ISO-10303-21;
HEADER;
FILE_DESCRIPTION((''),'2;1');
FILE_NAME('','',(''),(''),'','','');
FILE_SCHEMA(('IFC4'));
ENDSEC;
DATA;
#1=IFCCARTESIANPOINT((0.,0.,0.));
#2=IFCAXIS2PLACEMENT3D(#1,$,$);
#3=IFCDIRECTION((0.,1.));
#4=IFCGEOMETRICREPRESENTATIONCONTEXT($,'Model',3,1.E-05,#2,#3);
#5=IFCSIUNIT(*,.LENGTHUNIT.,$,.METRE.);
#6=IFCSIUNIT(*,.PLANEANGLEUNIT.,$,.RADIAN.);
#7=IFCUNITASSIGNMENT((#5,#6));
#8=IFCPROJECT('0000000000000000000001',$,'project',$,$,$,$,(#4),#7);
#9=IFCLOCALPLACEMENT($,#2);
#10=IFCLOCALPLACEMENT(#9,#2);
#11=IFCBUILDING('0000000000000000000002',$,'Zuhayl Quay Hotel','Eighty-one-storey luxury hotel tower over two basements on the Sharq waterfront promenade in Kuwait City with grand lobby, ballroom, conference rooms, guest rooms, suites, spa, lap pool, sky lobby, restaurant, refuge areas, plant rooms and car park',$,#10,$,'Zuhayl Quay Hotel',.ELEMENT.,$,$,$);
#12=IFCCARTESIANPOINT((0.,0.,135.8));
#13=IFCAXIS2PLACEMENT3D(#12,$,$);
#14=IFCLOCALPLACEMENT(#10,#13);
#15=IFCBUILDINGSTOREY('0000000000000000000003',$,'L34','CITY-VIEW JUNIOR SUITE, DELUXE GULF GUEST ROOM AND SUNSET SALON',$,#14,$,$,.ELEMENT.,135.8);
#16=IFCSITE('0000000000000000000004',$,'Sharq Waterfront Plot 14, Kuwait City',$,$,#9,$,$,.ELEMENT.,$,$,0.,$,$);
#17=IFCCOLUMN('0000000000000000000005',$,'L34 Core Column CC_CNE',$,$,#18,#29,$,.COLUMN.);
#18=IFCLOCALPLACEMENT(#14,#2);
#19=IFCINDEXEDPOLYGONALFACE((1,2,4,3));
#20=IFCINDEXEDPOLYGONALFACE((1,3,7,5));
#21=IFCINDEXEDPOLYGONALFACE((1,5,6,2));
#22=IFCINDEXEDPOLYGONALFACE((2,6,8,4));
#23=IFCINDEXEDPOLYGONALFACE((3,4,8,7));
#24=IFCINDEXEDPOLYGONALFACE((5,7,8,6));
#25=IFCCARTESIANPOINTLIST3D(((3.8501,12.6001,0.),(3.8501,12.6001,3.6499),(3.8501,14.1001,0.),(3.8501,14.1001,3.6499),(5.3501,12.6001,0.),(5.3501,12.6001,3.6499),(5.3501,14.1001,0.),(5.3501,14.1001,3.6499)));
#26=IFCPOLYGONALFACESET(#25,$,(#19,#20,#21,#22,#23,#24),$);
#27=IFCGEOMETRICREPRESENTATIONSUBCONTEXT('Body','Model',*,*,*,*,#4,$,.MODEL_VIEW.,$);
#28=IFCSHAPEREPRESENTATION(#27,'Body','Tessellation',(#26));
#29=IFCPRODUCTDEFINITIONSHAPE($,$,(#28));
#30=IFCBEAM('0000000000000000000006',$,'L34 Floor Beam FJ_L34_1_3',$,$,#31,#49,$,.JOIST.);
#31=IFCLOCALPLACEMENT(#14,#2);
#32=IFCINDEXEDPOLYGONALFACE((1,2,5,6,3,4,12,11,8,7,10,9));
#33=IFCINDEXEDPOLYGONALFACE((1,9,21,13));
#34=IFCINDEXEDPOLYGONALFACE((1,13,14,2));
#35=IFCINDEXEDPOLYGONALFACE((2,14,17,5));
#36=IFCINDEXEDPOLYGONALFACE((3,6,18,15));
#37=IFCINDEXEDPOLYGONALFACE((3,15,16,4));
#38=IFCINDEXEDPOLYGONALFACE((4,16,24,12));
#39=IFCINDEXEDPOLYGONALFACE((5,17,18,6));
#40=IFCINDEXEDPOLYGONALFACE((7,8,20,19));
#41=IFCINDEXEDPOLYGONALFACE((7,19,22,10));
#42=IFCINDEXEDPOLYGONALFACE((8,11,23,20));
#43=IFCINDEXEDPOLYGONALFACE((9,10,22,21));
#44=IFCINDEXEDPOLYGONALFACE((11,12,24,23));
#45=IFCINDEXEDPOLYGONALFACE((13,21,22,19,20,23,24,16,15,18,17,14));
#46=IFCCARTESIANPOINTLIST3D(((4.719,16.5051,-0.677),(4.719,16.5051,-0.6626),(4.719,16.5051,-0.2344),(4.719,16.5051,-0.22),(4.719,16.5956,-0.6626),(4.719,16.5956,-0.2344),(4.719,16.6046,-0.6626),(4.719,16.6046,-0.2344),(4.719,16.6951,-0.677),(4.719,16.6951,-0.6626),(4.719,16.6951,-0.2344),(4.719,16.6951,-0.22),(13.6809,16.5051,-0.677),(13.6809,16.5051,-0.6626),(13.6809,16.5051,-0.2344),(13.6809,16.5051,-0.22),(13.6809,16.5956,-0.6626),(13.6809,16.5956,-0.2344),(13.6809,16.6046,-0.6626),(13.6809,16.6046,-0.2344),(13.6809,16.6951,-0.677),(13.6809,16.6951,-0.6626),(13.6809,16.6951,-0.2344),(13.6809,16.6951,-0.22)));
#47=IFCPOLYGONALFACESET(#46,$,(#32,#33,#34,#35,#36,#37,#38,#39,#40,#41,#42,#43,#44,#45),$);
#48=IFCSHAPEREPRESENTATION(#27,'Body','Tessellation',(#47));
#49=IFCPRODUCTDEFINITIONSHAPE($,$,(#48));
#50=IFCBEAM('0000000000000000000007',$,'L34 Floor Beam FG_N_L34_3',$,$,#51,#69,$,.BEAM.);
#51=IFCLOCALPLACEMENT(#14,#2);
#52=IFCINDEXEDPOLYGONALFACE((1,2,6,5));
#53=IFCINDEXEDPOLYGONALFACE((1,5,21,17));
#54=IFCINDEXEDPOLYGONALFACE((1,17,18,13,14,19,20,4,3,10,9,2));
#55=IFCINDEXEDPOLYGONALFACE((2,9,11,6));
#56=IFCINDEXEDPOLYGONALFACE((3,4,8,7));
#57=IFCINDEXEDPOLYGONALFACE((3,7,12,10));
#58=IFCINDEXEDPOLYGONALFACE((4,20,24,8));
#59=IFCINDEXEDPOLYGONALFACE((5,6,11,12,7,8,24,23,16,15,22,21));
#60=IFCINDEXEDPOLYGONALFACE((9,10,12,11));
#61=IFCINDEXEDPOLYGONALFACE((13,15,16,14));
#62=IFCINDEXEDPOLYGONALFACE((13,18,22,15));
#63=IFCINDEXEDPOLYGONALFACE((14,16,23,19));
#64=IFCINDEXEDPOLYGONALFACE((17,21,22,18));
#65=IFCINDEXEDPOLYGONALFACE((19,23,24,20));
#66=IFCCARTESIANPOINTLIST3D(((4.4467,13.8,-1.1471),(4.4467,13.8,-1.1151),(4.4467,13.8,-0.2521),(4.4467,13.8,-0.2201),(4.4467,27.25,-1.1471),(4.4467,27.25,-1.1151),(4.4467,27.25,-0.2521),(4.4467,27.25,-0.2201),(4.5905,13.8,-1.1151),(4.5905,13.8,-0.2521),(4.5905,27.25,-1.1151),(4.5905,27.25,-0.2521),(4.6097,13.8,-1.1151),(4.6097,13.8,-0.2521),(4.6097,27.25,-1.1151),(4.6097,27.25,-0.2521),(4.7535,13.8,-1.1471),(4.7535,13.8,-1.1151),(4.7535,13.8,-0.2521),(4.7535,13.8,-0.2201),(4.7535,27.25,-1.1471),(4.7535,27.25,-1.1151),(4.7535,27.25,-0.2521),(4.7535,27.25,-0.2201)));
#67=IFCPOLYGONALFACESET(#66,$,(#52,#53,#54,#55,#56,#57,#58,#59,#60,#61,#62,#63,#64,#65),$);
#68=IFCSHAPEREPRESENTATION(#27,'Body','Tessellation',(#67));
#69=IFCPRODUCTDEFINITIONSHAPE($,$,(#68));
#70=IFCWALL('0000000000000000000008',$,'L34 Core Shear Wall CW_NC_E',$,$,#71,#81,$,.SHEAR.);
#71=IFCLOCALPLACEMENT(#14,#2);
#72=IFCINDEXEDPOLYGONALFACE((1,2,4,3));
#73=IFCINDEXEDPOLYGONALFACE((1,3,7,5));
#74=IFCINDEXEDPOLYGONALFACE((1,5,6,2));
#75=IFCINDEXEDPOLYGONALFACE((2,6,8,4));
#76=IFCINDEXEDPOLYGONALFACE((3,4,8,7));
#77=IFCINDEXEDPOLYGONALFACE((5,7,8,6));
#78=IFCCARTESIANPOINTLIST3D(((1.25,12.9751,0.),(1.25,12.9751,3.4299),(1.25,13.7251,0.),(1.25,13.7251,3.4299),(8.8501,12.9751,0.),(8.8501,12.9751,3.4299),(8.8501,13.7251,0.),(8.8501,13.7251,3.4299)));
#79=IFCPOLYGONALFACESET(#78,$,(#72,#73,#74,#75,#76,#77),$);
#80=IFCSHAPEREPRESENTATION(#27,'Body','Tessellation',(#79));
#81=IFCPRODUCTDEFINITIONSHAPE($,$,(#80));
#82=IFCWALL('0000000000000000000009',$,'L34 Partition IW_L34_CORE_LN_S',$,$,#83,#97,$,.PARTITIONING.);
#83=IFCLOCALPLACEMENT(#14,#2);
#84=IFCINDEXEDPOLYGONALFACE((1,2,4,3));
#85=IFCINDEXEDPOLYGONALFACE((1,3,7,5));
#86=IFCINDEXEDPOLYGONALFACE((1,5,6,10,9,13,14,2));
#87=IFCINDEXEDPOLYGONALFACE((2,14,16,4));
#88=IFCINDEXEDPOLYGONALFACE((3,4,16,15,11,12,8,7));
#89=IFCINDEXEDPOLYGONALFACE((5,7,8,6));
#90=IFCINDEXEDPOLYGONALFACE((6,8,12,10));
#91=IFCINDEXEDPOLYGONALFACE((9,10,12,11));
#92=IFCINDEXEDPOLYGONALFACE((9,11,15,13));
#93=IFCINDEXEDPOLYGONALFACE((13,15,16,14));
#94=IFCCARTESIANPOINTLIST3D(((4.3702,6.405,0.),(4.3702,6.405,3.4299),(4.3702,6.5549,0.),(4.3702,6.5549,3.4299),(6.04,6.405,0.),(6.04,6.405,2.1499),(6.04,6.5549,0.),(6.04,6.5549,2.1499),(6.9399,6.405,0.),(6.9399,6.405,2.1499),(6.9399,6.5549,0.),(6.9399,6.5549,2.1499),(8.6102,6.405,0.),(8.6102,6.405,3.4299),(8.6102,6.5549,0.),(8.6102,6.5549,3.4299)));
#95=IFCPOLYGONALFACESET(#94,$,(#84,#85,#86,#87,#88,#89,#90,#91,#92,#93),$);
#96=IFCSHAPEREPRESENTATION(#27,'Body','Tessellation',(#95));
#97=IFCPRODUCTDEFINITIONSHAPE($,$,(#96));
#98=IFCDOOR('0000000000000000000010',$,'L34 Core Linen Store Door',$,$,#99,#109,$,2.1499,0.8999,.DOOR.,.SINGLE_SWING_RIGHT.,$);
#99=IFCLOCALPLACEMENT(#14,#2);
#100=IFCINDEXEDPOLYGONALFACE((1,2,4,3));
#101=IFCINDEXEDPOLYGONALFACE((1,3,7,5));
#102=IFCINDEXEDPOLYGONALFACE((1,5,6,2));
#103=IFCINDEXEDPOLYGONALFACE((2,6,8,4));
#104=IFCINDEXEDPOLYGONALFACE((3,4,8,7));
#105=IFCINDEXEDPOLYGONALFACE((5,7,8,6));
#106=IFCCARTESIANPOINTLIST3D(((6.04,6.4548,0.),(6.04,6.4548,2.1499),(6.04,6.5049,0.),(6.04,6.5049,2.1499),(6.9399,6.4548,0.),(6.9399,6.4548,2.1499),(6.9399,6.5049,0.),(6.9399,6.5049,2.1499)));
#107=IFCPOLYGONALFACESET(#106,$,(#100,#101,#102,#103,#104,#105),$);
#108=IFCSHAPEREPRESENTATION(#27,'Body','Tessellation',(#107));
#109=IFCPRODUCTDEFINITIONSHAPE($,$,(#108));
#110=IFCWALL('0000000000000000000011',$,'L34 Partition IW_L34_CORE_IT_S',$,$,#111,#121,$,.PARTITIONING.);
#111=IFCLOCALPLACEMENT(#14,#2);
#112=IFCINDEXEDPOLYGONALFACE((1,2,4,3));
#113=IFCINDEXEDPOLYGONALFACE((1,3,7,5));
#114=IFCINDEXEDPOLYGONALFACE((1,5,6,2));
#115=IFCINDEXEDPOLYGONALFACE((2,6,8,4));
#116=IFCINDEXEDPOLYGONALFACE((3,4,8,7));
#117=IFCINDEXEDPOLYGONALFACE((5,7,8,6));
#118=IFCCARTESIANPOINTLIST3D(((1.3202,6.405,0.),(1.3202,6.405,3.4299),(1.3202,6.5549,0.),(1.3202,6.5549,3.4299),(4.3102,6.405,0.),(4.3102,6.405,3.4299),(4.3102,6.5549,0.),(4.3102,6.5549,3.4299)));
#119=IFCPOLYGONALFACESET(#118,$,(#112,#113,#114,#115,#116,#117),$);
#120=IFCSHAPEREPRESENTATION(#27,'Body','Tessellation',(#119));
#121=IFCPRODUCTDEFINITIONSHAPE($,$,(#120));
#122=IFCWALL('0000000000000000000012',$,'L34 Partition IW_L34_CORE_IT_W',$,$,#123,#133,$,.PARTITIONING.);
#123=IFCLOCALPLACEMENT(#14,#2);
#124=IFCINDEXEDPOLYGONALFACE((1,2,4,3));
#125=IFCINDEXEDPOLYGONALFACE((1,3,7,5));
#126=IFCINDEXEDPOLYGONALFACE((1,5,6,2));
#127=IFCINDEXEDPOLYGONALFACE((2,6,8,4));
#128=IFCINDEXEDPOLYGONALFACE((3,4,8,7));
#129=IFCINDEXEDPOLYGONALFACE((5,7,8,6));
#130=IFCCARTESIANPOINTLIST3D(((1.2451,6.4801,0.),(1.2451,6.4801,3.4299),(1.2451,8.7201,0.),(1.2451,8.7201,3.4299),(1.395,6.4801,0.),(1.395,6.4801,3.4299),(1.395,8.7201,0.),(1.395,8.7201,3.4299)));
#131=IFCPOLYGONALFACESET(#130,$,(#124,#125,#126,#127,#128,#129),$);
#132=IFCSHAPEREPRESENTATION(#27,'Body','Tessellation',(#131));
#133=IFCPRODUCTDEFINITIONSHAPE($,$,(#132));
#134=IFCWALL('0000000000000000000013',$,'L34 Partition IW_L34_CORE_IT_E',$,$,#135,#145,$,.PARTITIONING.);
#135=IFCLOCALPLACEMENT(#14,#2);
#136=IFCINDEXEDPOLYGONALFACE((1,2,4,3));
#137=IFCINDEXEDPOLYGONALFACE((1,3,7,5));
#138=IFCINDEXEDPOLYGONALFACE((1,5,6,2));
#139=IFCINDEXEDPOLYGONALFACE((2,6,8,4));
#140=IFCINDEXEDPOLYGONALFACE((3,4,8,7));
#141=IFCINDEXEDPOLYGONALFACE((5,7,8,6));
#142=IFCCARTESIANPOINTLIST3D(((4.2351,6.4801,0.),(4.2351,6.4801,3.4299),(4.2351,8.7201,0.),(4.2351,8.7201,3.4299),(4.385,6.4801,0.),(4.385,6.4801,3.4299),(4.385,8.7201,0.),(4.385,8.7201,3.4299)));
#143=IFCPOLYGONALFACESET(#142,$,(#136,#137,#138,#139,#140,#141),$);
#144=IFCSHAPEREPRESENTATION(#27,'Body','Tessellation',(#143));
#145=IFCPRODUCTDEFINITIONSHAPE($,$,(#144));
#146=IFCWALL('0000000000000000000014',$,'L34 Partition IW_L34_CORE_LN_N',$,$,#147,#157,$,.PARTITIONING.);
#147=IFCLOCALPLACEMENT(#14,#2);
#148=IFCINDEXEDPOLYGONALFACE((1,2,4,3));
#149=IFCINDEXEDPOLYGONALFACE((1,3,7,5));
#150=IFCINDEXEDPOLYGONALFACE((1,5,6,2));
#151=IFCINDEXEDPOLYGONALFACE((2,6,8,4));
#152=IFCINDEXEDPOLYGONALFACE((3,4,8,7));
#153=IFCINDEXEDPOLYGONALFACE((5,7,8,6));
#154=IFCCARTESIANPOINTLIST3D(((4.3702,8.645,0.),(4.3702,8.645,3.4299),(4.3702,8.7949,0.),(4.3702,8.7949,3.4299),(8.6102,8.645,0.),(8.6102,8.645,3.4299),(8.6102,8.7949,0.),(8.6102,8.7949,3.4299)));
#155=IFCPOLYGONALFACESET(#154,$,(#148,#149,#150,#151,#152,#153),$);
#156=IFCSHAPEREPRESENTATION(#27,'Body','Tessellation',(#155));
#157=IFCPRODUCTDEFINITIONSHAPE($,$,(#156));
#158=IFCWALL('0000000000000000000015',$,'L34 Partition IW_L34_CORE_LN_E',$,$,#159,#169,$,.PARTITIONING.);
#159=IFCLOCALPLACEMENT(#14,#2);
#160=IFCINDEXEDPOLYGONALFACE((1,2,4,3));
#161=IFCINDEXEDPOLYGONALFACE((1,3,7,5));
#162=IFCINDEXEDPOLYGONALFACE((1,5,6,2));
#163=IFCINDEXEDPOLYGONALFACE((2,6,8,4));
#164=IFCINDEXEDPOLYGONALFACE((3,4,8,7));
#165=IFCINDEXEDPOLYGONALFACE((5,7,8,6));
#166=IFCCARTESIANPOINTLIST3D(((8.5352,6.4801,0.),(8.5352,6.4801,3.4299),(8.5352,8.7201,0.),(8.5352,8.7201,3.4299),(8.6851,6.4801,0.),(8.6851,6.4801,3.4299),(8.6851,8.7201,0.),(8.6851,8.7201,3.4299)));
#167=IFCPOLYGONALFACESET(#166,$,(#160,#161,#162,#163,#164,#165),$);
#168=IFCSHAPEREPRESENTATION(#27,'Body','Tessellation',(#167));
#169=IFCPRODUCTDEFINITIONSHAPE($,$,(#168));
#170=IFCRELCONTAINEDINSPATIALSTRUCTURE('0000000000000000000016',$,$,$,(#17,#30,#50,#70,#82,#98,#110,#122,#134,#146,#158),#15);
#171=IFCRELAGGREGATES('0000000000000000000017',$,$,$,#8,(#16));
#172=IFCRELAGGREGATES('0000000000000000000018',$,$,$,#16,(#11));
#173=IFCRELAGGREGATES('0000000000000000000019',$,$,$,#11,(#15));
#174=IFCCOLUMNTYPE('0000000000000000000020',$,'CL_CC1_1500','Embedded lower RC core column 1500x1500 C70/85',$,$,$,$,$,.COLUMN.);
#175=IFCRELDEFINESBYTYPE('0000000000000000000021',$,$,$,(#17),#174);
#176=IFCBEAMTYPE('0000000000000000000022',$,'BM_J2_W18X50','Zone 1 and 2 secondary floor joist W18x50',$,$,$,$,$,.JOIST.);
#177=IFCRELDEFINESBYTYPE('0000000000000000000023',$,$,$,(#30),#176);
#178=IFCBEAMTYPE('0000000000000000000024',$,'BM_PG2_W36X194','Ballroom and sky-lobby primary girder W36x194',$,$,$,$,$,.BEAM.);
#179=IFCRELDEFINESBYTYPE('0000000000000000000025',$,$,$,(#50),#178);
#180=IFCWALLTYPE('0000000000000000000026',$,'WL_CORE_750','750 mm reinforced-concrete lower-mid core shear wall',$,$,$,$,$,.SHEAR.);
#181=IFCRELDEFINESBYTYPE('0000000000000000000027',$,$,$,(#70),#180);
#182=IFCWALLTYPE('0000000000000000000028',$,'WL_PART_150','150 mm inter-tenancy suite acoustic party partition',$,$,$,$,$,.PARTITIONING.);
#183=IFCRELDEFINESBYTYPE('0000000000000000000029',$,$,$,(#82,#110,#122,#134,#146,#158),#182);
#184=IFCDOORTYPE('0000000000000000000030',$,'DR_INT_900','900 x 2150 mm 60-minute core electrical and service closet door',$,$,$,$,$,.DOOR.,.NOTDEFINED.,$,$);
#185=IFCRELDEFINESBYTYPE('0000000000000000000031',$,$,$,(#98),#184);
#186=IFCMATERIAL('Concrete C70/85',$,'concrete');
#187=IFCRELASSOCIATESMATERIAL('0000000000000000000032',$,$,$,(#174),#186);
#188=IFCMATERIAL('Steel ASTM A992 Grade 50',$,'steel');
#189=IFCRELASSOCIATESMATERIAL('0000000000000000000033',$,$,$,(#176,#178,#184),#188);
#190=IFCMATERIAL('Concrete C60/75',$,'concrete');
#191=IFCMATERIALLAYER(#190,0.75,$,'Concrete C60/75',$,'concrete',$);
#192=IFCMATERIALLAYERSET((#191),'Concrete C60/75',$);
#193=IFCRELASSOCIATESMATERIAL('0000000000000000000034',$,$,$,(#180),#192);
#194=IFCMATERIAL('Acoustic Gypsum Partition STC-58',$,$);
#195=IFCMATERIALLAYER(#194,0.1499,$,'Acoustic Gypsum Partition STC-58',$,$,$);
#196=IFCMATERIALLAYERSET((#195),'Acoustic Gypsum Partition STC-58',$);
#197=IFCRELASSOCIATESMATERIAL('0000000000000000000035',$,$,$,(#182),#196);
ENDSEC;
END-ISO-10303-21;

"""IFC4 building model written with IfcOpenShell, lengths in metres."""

from ifc_helpers import new_model, si_unit, direction, frame, frame_2d, origin, origin_2d, place, context, subcontext, project, spatial, rectangle, i_section, extrude, material, layer, layer_set, material_profile, profile_set, type_object, element, fill, save


model = new_model("IFC4")

# Units and contexts
model_context = context("Model", 3, precision=1e-05, world=origin(), true_north=direction((0.0, 1.0)))
body_context = subcontext(model_context, "Body", "Model", "MODEL_VIEW")
ifc_project = project(units=[si_unit("LENGTHUNIT", "METRE"), si_unit("PLANEANGLEUNIT", "RADIAN")], contexts=[model_context])

# Site, building, storey
site_placement = place(None, origin())
site = spatial("IfcSite", under=ifc_project, at=site_placement, Name="Sharq Waterfront Plot 14, Kuwait City", CompositionType="ELEMENT", RefElevation=0.0)
building_placement = place(site_placement, origin())
building = spatial("IfcBuilding", under=site, at=building_placement, Name="Zuhayl Quay Hotel", Description="Eighty-one-storey luxury hotel tower over two basements on the Sharq waterfront promenade in Kuwait City with grand lobby, ballroom, conference rooms, guest rooms, suites, spa, lap pool, sky lobby, restaurant, refuge areas, plant rooms and car park", LongName="Zuhayl Quay Hotel", CompositionType="ELEMENT")
storey_placement = place(building_placement, frame((0.0, 0.0, 135.8)))
storey = spatial("IfcBuildingStorey", under=building, at=storey_placement, Name="L34", Description="CITY-VIEW JUNIOR SUITE, DELUXE GULF GUEST ROOM AND SUNSET SALON", CompositionType="ELEMENT", Elevation=135.8)

# Column
ifc_material_1 = material(Name="Concrete C70/85", Category="concrete")
ifc_material_profile_1 = material_profile(ifc_material_1, rectangle(XDim=1.5, YDim=1.5, at=origin_2d()), Name="RC1500X1500")
ifc_profile_set_1 = profile_set([ifc_material_profile_1], Name="Concrete C70/85")
column_type = type_object("IfcColumnType", Name="CL_CC1_1500", Description="Embedded lower RC core column 1500x1500 C70/85", PredefinedType="COLUMN", material=ifc_profile_set_1)
column_placement = place(storey_placement, frame((4.6001, 13.3501, 0.0), z_axis=(0.0, 0.0, 1.0), x_axis=(1.0, 0.0, 0.0)))
element("IfcColumn", 1, at=column_placement, inside=storey, type_object=column_type, Name="L34 Core Column CC_CNE", PredefinedType="COLUMN", context=body_context, shape_type="SweptSolid", body=[
    extrude(rectangle(XDim=1.5, YDim=1.5, at=origin_2d()), origin(), (0.0, 0.0, 1.0), 3.6499),
])

# Beams
ifc_material_2 = material(Name="Steel ASTM A992 Grade 50", Category="steel")
ifc_material_profile_2 = material_profile(ifc_material_2, i_section(OverallWidth=0.1899, OverallDepth=0.457, WebThickness=0.009, FlangeThickness=0.0144, at=origin_2d()), Name="W18X50")
ifc_profile_set_2 = profile_set([ifc_material_profile_2], Name="Steel ASTM A992 Grade 50")
beam_type_1 = type_object("IfcBeamType", Name="BM_J2_W18X50", Description="Zone 1 and 2 secondary floor joist W18x50", PredefinedType="JOIST", material=ifc_profile_set_2)
beam_1_placement = place(storey_placement, frame((4.719, 16.6001, -0.4485), z_axis=(1.0, 0.0, 0.0), x_axis=(0.0, 1.0, 0.0)))
element("IfcBeam", 2, at=beam_1_placement, inside=storey, type_object=beam_type_1, Name="L34 Floor Beam FJ_L34_1_3", PredefinedType="JOIST", context=body_context, shape_type="SweptSolid", body=[
    extrude(i_section(OverallWidth=0.1899, OverallDepth=0.457, WebThickness=0.009, FlangeThickness=0.0144, at=origin_2d()), origin(), (0.0, 0.0, 1.0), 8.9619),
])
ifc_material_profile_3 = material_profile(ifc_material_2, i_section(OverallWidth=0.3069, OverallDepth=0.927, WebThickness=0.0193, FlangeThickness=0.032, at=origin_2d()), Name="W36X194")
ifc_profile_set_3 = profile_set([ifc_material_profile_3], Name="Steel ASTM A992 Grade 50")
beam_type_2 = type_object("IfcBeamType", Name="BM_PG2_W36X194", Description="Ballroom and sky-lobby primary girder W36x194", PredefinedType="BEAM", material=ifc_profile_set_3)
beam_2_placement = place(storey_placement, frame((4.6001, 13.8, -0.6836), z_axis=(0.0, 1.0, 0.0), x_axis=(-1.0, 0.0, 0.0)))
element("IfcBeam", 3, at=beam_2_placement, inside=storey, type_object=beam_type_2, Name="L34 Floor Beam FG_N_L34_3", PredefinedType="BEAM", context=body_context, shape_type="SweptSolid", body=[
    extrude(i_section(OverallWidth=0.3069, OverallDepth=0.927, WebThickness=0.0193, FlangeThickness=0.032, at=origin_2d()), origin(), (0.0, 0.0, 1.0), 13.45),
])

# Wall
ifc_material_3 = material(Name="Concrete C60/75", Category="concrete")
ifc_layer_1 = layer(ifc_material_3, 0.75, Name="Concrete C60/75", Category="concrete")
ifc_layer_set_1 = layer_set([ifc_layer_1], Name="Concrete C60/75")
wall_type_1 = type_object("IfcWallType", Name="WL_CORE_750", Description="750 mm reinforced-concrete lower-mid core shear wall", PredefinedType="SHEAR", material=ifc_layer_set_1)
wall_1_placement = place(storey_placement, frame((1.25, 13.3501, 0.0), z_axis=(0.0, 0.0, 1.0), x_axis=(1.0, 0.0, 0.0)))
element("IfcWall", 4, at=wall_1_placement, inside=storey, type_object=wall_type_1, Name="L34 Core Shear Wall CW_NC_E", PredefinedType="SHEAR", context=body_context, shape_type="SweptSolid", body=[
    extrude(rectangle(XDim=7.6001, YDim=0.75, at=frame_2d((3.8, 0.0))), origin(), (0.0, 0.0, 1.0), 3.4299),
])

# Wall, opening, door
ifc_material_4 = material(Name="Acoustic Gypsum Partition STC-58")
ifc_layer_2 = layer(ifc_material_4, 0.1499, Name="Acoustic Gypsum Partition STC-58")
ifc_layer_set_2 = layer_set([ifc_layer_2], Name="Acoustic Gypsum Partition STC-58")
wall_type_2 = type_object("IfcWallType", Name="WL_PART_150", Description="150 mm inter-tenancy suite acoustic party partition", PredefinedType="PARTITIONING", material=ifc_layer_set_2)
door_type_1 = type_object("IfcDoorType", Name="DR_INT_900", Description="900 x 2150 mm 60-minute core electrical and service closet door", OperationType="NOTDEFINED", PredefinedType="DOOR", material=ifc_material_2)
wall_2_placement = place(storey_placement, frame((4.3701, 6.48, 0.0), z_axis=(0.0, 0.0, 1.0), x_axis=(1.0, 0.0, 0.0)))
wall_2 = element("IfcWall", 5, at=wall_2_placement, inside=storey, type_object=wall_type_2, Name="L34 Partition IW_L34_CORE_LN_S", PredefinedType="PARTITIONING", context=body_context, shape_type="SweptSolid", body=[
    extrude(rectangle(XDim=4.24, YDim=0.1499, at=frame_2d((2.1201, 0.0))), origin(), (0.0, 0.0, 1.0), 3.4299),
])
opening_1_placement = place(wall_2_placement, frame((1.6699, 0.0, 0.0)))
opening_1 = element("IfcOpeningElement", 6, at=opening_1_placement, cuts=wall_2, PredefinedType="OPENING", context=body_context, shape_type="SweptSolid", body=[
    extrude(rectangle(XDim=0.8999, YDim=2.1499, at=frame_2d((0.45, 1.075))), frame((0.0, 0.085, 0.0), z_axis=(0.0, -1.0, 0.0), x_axis=(1.0, 0.0, 0.0)), (0.0, 0.0, 1.0), 0.1699),
])
door_1_placement = place(opening_1_placement, origin())
door_1 = element("IfcDoor", 7, at=door_1_placement, inside=storey, type_object=door_type_1, Name="L34 Core Linen Store Door", OperationType="SINGLE_SWING_RIGHT", OverallHeight=2.1499, OverallWidth=0.8999, PredefinedType="DOOR", context=body_context, shape_type="SweptSolid", body=[
    extrude(rectangle(XDim=0.8999, YDim=2.1499, at=frame_2d((0.45, 1.075))), frame((0.0, 0.0249, 0.0), z_axis=(0.0, -1.0, 0.0), x_axis=(1.0, 0.0, 0.0)), (0.0, 0.0, 1.0), 0.05),
])
fill(opening_1, door_1)

# Walls
wall_3_placement = place(storey_placement, frame((1.3201, 6.48, 0.0), z_axis=(0.0, 0.0, 1.0), x_axis=(1.0, 0.0, 0.0)))
element("IfcWall", 8, at=wall_3_placement, inside=storey, type_object=wall_type_2, Name="L34 Partition IW_L34_CORE_IT_S", PredefinedType="PARTITIONING", context=body_context, shape_type="SweptSolid", body=[
    extrude(rectangle(XDim=2.99, YDim=0.1499, at=frame_2d((1.4951, 0.0))), origin(), (0.0, 0.0, 1.0), 3.4299),
])
for number, where, z_axis, x_axis, name in (
    (9, (1.3201, 6.48, 0.0), (0.0, 0.0, 1.0), (0.0, 1.0, 0.0), "L34 Partition IW_L34_CORE_IT_W"),
    (10, (4.3101, 6.48, 0.0), (0.0, 0.0, 1.0), (0.0, 1.0, 0.0), "L34 Partition IW_L34_CORE_IT_E"),
):
    element("IfcWall", number, at=place(storey_placement, frame(where, z_axis=z_axis, x_axis=x_axis)), inside=storey, type_object=wall_type_2, Name=name, PredefinedType="PARTITIONING", context=body_context, shape_type="SweptSolid", body=[
        extrude(rectangle(XDim=2.24, YDim=0.1499, at=frame_2d((1.1201, 0.0))), origin(), (0.0, 0.0, 1.0), 3.4299),
    ])
wall_4_placement = place(storey_placement, frame((4.3701, 8.72, 0.0), z_axis=(0.0, 0.0, 1.0), x_axis=(1.0, 0.0, 0.0)))
element("IfcWall", 11, at=wall_4_placement, inside=storey, type_object=wall_type_2, Name="L34 Partition IW_L34_CORE_LN_N", PredefinedType="PARTITIONING", context=body_context, shape_type="SweptSolid", body=[
    extrude(rectangle(XDim=4.24, YDim=0.1499, at=frame_2d((2.1201, 0.0))), origin(), (0.0, 0.0, 1.0), 3.4299),
])
wall_5_placement = place(storey_placement, frame((8.6101, 6.48, 0.0), z_axis=(0.0, 0.0, 1.0), x_axis=(0.0, 1.0, 0.0)))
element("IfcWall", 12, at=wall_5_placement, inside=storey, type_object=wall_type_2, Name="L34 Partition IW_L34_CORE_LN_E", PredefinedType="PARTITIONING", context=body_context, shape_type="SweptSolid", body=[
    extrude(rectangle(XDim=2.24, YDim=0.1499, at=frame_2d((1.1201, 0.0))), origin(), (0.0, 0.0, 1.0), 3.4299),
])

save(model, "model.ifc")
